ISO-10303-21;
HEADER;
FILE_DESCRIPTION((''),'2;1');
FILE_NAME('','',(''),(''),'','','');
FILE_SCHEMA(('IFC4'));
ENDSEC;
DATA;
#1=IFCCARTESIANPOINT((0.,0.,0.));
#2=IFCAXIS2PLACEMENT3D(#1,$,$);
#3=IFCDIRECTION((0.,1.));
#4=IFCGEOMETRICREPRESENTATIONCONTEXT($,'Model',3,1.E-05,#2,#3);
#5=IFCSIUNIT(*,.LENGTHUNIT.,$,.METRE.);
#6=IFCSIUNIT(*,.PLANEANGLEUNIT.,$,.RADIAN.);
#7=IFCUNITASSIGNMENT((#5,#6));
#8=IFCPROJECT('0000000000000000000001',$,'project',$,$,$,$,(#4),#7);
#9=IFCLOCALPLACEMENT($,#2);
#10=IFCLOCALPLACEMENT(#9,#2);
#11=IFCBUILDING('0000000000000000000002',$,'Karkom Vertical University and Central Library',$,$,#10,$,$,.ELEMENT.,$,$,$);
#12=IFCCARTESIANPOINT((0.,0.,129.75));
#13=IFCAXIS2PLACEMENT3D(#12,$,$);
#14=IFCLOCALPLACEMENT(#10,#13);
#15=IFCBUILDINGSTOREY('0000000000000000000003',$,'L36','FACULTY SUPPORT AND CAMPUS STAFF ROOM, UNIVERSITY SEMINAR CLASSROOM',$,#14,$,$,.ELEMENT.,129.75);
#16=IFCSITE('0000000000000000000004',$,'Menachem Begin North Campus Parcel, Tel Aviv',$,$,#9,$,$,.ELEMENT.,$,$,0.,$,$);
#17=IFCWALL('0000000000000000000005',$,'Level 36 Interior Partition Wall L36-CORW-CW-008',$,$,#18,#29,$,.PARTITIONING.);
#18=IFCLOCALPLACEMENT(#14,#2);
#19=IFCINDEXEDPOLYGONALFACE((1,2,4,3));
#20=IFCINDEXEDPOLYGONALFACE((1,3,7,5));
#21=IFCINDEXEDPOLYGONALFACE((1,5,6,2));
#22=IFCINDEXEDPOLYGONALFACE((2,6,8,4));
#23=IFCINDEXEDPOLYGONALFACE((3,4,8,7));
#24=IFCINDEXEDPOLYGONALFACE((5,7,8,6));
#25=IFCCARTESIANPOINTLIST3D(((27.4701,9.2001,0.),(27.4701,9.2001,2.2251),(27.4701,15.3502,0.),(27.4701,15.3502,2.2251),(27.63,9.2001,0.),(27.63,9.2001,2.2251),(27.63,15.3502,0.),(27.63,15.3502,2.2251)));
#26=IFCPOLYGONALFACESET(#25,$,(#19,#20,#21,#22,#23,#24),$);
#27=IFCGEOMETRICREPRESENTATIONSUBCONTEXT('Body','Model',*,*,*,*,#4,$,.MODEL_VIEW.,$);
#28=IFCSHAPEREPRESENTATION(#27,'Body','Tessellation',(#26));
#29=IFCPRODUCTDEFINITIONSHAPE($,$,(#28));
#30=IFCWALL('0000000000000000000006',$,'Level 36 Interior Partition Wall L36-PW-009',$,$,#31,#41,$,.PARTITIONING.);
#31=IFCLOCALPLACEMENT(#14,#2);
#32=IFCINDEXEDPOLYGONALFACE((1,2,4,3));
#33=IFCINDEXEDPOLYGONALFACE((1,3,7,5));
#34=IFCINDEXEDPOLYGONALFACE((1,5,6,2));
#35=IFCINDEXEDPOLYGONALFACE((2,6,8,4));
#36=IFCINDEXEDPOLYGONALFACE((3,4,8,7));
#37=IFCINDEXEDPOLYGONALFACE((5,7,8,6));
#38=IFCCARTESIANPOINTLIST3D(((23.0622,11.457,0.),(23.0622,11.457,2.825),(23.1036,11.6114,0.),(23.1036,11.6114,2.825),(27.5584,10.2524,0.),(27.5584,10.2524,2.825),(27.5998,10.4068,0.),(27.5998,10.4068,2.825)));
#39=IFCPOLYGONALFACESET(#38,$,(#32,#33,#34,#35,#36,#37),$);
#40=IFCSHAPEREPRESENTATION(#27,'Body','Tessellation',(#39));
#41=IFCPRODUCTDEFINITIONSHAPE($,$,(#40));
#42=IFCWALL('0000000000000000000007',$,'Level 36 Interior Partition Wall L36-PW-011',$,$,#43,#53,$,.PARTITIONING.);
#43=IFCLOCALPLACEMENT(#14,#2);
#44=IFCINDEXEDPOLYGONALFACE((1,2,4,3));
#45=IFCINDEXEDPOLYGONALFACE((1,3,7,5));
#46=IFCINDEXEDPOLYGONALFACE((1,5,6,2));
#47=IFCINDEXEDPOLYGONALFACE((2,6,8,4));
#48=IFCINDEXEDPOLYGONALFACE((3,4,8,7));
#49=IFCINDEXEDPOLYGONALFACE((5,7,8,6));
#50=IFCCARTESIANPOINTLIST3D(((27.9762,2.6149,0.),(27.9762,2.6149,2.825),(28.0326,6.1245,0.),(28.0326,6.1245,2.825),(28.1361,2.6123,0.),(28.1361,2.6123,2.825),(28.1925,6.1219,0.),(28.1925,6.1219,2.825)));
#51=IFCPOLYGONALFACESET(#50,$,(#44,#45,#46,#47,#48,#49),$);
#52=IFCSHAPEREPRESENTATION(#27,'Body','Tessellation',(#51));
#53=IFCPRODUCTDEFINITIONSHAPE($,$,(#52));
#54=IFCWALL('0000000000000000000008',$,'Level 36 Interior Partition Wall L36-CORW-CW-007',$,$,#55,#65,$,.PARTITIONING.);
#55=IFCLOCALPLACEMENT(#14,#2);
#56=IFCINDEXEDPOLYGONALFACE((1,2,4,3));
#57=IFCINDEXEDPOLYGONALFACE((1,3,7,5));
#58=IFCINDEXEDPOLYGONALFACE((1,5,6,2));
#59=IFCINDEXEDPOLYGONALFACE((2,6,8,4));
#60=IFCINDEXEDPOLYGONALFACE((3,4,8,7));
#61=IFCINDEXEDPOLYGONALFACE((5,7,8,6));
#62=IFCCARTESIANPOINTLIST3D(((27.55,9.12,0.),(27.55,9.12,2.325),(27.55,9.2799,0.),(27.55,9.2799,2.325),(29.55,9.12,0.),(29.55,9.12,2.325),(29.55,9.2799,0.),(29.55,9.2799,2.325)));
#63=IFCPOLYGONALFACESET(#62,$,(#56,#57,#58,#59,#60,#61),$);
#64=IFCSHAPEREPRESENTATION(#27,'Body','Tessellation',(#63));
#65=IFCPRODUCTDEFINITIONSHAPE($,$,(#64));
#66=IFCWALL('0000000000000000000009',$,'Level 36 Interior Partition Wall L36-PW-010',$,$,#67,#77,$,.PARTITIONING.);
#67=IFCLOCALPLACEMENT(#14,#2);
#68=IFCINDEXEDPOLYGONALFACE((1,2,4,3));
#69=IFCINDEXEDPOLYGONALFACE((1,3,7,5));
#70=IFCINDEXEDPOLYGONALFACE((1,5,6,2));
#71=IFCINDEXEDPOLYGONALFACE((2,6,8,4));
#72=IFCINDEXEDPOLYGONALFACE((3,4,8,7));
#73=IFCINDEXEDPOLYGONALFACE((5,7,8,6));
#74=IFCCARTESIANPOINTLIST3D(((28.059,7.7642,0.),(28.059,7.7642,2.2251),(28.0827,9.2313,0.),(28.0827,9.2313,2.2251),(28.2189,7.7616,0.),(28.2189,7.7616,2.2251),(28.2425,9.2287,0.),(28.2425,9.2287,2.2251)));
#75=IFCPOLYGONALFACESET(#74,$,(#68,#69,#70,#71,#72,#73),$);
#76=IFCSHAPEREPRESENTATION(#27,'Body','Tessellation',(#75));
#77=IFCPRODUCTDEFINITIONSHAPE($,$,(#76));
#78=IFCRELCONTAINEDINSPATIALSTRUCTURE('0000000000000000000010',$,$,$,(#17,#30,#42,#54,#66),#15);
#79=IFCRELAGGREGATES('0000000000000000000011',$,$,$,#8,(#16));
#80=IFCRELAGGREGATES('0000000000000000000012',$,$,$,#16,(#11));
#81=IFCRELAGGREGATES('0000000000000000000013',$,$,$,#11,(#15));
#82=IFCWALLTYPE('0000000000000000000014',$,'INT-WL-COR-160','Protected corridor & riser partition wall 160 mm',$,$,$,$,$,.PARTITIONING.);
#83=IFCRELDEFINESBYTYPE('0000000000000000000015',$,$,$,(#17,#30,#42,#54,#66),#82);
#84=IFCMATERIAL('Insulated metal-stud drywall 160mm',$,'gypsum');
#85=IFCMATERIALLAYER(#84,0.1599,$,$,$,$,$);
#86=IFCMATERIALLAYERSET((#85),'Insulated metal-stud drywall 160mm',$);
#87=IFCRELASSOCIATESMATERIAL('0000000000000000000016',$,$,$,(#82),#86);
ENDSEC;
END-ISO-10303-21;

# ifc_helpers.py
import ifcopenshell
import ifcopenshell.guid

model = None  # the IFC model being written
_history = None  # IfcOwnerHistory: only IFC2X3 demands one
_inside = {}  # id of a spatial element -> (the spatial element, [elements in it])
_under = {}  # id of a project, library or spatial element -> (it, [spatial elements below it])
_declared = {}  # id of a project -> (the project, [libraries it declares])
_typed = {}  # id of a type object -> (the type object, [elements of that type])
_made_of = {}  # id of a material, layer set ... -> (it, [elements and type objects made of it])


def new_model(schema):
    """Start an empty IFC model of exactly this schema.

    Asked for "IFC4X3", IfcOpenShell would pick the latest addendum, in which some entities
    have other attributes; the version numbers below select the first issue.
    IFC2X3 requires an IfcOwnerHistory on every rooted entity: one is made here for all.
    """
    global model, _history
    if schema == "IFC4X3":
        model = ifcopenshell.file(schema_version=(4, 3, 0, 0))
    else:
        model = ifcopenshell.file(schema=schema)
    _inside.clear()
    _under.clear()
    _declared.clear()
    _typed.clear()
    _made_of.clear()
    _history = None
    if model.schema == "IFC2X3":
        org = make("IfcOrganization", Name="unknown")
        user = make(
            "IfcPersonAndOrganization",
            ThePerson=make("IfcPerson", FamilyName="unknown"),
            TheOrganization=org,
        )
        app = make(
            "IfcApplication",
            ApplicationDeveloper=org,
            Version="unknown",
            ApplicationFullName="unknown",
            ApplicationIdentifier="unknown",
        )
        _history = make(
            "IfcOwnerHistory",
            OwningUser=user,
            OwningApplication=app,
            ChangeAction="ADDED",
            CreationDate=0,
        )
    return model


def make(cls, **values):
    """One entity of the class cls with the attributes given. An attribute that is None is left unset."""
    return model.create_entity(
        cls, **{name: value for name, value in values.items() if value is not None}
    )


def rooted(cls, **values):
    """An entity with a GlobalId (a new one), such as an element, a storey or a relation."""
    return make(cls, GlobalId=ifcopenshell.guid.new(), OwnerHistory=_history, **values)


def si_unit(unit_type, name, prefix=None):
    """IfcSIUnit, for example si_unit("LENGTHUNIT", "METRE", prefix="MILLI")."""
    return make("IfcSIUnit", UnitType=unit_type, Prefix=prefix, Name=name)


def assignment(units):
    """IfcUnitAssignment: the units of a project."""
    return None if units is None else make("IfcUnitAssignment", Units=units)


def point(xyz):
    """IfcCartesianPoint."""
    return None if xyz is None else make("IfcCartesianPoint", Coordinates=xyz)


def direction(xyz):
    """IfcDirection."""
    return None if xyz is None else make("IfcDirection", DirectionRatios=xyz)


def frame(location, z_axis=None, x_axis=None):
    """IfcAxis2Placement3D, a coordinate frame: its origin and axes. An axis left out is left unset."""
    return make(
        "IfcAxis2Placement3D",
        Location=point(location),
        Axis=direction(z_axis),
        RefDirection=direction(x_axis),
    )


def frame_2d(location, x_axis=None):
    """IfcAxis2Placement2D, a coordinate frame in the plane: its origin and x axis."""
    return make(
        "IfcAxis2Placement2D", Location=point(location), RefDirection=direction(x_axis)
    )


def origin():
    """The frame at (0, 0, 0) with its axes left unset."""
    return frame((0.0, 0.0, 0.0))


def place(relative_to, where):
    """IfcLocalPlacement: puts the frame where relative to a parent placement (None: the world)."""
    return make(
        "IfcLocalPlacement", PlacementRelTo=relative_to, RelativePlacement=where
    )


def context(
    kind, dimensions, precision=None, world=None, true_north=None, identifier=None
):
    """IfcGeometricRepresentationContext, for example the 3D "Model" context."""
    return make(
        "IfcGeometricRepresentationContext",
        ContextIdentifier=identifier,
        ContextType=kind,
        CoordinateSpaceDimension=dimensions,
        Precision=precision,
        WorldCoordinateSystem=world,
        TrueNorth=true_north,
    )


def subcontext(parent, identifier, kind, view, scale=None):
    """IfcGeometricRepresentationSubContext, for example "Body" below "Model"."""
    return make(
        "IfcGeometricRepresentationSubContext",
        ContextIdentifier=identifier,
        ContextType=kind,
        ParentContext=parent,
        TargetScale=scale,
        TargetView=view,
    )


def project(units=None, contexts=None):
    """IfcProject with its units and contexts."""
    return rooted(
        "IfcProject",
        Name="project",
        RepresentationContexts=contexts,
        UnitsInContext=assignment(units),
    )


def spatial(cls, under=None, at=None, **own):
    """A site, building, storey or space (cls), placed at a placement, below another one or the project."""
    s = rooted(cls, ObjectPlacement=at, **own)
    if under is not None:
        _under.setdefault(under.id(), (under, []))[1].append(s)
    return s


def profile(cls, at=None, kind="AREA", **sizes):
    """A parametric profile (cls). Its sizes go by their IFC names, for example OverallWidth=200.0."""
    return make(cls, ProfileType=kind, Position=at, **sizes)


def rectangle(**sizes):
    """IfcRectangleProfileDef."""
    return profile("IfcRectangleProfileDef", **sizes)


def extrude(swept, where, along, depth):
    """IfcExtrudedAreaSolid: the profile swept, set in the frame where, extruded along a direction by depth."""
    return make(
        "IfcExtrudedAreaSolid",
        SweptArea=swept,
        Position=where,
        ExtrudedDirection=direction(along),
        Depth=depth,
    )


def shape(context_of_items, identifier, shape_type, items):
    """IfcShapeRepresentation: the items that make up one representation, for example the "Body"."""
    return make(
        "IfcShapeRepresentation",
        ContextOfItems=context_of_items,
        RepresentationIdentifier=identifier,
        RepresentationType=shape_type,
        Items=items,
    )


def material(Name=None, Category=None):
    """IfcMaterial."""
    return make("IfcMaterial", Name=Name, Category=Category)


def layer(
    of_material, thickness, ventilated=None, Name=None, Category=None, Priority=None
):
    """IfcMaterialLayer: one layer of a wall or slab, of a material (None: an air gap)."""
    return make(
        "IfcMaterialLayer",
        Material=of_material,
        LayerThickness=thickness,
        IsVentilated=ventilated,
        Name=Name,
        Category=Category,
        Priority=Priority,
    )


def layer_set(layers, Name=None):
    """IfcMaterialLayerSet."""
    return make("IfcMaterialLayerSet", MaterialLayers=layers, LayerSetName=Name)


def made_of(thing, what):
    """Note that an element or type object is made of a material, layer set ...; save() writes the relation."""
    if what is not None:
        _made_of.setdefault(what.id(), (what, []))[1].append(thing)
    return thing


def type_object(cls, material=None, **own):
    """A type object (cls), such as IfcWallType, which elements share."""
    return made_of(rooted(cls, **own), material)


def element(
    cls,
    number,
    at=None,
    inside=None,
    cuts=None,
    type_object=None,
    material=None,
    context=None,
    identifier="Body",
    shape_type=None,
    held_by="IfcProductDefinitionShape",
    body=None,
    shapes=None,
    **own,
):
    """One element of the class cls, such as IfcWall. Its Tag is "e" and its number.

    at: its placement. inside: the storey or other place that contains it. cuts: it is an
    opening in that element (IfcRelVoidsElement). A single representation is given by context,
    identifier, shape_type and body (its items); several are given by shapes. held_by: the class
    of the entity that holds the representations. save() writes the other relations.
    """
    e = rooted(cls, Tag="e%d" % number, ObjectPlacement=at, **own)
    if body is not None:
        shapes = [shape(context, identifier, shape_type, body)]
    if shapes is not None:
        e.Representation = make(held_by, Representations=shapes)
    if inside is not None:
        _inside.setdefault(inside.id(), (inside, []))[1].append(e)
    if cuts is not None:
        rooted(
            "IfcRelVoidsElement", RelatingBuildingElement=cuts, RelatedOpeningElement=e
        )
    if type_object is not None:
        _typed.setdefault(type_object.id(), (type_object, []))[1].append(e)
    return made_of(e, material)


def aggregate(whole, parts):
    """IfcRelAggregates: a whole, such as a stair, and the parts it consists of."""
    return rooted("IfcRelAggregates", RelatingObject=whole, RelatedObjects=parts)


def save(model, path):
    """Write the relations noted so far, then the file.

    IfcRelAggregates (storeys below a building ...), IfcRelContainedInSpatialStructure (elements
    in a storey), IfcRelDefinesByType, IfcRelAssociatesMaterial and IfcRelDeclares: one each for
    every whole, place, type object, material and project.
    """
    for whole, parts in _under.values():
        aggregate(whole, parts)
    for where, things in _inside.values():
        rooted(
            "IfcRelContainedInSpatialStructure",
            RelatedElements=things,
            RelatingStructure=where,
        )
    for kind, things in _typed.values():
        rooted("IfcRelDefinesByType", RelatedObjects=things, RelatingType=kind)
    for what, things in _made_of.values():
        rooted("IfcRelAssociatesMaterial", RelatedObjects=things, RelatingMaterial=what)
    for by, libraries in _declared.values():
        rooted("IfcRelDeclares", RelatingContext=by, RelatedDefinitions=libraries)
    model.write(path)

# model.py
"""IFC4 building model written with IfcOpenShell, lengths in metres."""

from ifc_helpers import new_model, si_unit, direction, frame, frame_2d, origin, place, context, subcontext, project, spatial, rectangle, extrude, material, layer, layer_set, type_object, element, save


model = new_model("IFC4")

# Units and contexts
model_context = context("Model", 3, precision=1e-05, world=origin(), true_north=direction((0.0, 1.0)))
body_context = subcontext(model_context, "Body", "Model", "MODEL_VIEW")
ifc_project = project(units=[si_unit("LENGTHUNIT", "METRE"), si_unit("PLANEANGLEUNIT", "RADIAN")], contexts=[model_context])

# Site, building, storey
site_placement = place(None, origin())
site = spatial("IfcSite", under=ifc_project, at=site_placement, Name="Menachem Begin North Campus Parcel, Tel Aviv", CompositionType="ELEMENT", RefElevation=0.0)
building_placement = place(site_placement, origin())
building = spatial("IfcBuilding", under=site, at=building_placement, Name="Karkom Vertical University and Central Library", CompositionType="ELEMENT")
storey_placement = place(building_placement, frame((0.0, 0.0, 129.75)))
storey = spatial("IfcBuildingStorey", under=building, at=storey_placement, Name="L36", Description="FACULTY SUPPORT AND CAMPUS STAFF ROOM, UNIVERSITY SEMINAR CLASSROOM", CompositionType="ELEMENT", Elevation=129.75)

# Shared definitions
ifc_material_1 = material(Name="Insulated metal-stud drywall 160mm", Category="gypsum")
ifc_layer = layer(ifc_material_1, 0.1599)
ifc_layer_set = layer_set([ifc_layer], Name="Insulated metal-stud drywall 160mm")
wall_type = type_object("IfcWallType", Name="INT-WL-COR-160", Description="Protected corridor & riser partition wall 160 mm", PredefinedType="PARTITIONING", material=ifc_layer_set)

# Walls
wall_1_placement = place(storey_placement, frame((27.55, 9.2, 0.0), z_axis=(0.0, 0.0, 1.0), x_axis=(0.0, 1.0, 0.0)))
element("IfcWall", 1, at=wall_1_placement, inside=storey, type_object=wall_type, Name="Level 36 Interior Partition Wall L36-CORW-CW-008", PredefinedType="PARTITIONING", context=body_context, shape_type="SweptSolid", body=[
    extrude(rectangle(XDim=6.1501, YDim=0.1599, at=frame_2d((3.0752, 0.0))), origin(), (0.0, 0.0, 1.0), 2.2251),
])
wall_2_placement = place(storey_placement, frame((27.5791, 10.3296, 0.0), z_axis=(0.0, 0.0, 1.0), x_axis=(-0.965933, 0.258792, 0.0)))
element("IfcWall", 2, at=wall_2_placement, inside=storey, type_object=wall_type, Name="Level 36 Interior Partition Wall L36-PW-009", PredefinedType="PARTITIONING", context=body_context, shape_type="SweptSolid", body=[
    extrude(rectangle(XDim=4.6548, YDim=0.1599, at=frame_2d((2.3274, 0.0))), origin(), (0.0, 0.0, 1.0), 2.825),
])
wall_3_placement = place(storey_placement, frame((28.1125, 6.123, 0.0), z_axis=(0.0, 0.0, 1.0), x_axis=(-0.016067, -0.999871, 0.0)))
element("IfcWall", 3, at=wall_3_placement, inside=storey, type_object=wall_type, Name="Level 36 Interior Partition Wall L36-PW-011", PredefinedType="PARTITIONING", context=body_context, shape_type="SweptSolid", body=[
    extrude(rectangle(XDim=3.51, YDim=0.1599, at=frame_2d((1.7549, 0.0))), origin(), (0.0, 0.0, 1.0), 2.825),
])
wall_4_placement = place(storey_placement, frame((29.55, 9.2, 0.0), z_axis=(0.0, 0.0, 1.0), x_axis=(-1.0, 0.0, 0.0)))
element("IfcWall", 4, at=wall_4_placement, inside=storey, type_object=wall_type, Name="Level 36 Interior Partition Wall L36-CORW-CW-007", PredefinedType="PARTITIONING", context=body_context, shape_type="SweptSolid", body=[
    extrude(rectangle(XDim=2.0, YDim=0.1599, at=frame_2d((1.0, 0.0))), origin(), (0.0, 0.0, 1.0), 2.325),
])
wall_5_placement = place(storey_placement, frame((28.1626, 9.23, 0.0), z_axis=(0.0, 0.0, 1.0), x_axis=(-0.01614, -0.99987, 0.0)))
element("IfcWall", 5, at=wall_5_placement, inside=storey, type_object=wall_type, Name="Level 36 Interior Partition Wall L36-PW-010", PredefinedType="PARTITIONING", context=body_context, shape_type="SweptSolid", body=[
    extrude(rectangle(XDim=1.4673, YDim=0.1599, at=frame_2d((0.7336, 0.0))), origin(), (0.0, 0.0, 1.0), 2.2251),
])

save(model, "model.ifc")
